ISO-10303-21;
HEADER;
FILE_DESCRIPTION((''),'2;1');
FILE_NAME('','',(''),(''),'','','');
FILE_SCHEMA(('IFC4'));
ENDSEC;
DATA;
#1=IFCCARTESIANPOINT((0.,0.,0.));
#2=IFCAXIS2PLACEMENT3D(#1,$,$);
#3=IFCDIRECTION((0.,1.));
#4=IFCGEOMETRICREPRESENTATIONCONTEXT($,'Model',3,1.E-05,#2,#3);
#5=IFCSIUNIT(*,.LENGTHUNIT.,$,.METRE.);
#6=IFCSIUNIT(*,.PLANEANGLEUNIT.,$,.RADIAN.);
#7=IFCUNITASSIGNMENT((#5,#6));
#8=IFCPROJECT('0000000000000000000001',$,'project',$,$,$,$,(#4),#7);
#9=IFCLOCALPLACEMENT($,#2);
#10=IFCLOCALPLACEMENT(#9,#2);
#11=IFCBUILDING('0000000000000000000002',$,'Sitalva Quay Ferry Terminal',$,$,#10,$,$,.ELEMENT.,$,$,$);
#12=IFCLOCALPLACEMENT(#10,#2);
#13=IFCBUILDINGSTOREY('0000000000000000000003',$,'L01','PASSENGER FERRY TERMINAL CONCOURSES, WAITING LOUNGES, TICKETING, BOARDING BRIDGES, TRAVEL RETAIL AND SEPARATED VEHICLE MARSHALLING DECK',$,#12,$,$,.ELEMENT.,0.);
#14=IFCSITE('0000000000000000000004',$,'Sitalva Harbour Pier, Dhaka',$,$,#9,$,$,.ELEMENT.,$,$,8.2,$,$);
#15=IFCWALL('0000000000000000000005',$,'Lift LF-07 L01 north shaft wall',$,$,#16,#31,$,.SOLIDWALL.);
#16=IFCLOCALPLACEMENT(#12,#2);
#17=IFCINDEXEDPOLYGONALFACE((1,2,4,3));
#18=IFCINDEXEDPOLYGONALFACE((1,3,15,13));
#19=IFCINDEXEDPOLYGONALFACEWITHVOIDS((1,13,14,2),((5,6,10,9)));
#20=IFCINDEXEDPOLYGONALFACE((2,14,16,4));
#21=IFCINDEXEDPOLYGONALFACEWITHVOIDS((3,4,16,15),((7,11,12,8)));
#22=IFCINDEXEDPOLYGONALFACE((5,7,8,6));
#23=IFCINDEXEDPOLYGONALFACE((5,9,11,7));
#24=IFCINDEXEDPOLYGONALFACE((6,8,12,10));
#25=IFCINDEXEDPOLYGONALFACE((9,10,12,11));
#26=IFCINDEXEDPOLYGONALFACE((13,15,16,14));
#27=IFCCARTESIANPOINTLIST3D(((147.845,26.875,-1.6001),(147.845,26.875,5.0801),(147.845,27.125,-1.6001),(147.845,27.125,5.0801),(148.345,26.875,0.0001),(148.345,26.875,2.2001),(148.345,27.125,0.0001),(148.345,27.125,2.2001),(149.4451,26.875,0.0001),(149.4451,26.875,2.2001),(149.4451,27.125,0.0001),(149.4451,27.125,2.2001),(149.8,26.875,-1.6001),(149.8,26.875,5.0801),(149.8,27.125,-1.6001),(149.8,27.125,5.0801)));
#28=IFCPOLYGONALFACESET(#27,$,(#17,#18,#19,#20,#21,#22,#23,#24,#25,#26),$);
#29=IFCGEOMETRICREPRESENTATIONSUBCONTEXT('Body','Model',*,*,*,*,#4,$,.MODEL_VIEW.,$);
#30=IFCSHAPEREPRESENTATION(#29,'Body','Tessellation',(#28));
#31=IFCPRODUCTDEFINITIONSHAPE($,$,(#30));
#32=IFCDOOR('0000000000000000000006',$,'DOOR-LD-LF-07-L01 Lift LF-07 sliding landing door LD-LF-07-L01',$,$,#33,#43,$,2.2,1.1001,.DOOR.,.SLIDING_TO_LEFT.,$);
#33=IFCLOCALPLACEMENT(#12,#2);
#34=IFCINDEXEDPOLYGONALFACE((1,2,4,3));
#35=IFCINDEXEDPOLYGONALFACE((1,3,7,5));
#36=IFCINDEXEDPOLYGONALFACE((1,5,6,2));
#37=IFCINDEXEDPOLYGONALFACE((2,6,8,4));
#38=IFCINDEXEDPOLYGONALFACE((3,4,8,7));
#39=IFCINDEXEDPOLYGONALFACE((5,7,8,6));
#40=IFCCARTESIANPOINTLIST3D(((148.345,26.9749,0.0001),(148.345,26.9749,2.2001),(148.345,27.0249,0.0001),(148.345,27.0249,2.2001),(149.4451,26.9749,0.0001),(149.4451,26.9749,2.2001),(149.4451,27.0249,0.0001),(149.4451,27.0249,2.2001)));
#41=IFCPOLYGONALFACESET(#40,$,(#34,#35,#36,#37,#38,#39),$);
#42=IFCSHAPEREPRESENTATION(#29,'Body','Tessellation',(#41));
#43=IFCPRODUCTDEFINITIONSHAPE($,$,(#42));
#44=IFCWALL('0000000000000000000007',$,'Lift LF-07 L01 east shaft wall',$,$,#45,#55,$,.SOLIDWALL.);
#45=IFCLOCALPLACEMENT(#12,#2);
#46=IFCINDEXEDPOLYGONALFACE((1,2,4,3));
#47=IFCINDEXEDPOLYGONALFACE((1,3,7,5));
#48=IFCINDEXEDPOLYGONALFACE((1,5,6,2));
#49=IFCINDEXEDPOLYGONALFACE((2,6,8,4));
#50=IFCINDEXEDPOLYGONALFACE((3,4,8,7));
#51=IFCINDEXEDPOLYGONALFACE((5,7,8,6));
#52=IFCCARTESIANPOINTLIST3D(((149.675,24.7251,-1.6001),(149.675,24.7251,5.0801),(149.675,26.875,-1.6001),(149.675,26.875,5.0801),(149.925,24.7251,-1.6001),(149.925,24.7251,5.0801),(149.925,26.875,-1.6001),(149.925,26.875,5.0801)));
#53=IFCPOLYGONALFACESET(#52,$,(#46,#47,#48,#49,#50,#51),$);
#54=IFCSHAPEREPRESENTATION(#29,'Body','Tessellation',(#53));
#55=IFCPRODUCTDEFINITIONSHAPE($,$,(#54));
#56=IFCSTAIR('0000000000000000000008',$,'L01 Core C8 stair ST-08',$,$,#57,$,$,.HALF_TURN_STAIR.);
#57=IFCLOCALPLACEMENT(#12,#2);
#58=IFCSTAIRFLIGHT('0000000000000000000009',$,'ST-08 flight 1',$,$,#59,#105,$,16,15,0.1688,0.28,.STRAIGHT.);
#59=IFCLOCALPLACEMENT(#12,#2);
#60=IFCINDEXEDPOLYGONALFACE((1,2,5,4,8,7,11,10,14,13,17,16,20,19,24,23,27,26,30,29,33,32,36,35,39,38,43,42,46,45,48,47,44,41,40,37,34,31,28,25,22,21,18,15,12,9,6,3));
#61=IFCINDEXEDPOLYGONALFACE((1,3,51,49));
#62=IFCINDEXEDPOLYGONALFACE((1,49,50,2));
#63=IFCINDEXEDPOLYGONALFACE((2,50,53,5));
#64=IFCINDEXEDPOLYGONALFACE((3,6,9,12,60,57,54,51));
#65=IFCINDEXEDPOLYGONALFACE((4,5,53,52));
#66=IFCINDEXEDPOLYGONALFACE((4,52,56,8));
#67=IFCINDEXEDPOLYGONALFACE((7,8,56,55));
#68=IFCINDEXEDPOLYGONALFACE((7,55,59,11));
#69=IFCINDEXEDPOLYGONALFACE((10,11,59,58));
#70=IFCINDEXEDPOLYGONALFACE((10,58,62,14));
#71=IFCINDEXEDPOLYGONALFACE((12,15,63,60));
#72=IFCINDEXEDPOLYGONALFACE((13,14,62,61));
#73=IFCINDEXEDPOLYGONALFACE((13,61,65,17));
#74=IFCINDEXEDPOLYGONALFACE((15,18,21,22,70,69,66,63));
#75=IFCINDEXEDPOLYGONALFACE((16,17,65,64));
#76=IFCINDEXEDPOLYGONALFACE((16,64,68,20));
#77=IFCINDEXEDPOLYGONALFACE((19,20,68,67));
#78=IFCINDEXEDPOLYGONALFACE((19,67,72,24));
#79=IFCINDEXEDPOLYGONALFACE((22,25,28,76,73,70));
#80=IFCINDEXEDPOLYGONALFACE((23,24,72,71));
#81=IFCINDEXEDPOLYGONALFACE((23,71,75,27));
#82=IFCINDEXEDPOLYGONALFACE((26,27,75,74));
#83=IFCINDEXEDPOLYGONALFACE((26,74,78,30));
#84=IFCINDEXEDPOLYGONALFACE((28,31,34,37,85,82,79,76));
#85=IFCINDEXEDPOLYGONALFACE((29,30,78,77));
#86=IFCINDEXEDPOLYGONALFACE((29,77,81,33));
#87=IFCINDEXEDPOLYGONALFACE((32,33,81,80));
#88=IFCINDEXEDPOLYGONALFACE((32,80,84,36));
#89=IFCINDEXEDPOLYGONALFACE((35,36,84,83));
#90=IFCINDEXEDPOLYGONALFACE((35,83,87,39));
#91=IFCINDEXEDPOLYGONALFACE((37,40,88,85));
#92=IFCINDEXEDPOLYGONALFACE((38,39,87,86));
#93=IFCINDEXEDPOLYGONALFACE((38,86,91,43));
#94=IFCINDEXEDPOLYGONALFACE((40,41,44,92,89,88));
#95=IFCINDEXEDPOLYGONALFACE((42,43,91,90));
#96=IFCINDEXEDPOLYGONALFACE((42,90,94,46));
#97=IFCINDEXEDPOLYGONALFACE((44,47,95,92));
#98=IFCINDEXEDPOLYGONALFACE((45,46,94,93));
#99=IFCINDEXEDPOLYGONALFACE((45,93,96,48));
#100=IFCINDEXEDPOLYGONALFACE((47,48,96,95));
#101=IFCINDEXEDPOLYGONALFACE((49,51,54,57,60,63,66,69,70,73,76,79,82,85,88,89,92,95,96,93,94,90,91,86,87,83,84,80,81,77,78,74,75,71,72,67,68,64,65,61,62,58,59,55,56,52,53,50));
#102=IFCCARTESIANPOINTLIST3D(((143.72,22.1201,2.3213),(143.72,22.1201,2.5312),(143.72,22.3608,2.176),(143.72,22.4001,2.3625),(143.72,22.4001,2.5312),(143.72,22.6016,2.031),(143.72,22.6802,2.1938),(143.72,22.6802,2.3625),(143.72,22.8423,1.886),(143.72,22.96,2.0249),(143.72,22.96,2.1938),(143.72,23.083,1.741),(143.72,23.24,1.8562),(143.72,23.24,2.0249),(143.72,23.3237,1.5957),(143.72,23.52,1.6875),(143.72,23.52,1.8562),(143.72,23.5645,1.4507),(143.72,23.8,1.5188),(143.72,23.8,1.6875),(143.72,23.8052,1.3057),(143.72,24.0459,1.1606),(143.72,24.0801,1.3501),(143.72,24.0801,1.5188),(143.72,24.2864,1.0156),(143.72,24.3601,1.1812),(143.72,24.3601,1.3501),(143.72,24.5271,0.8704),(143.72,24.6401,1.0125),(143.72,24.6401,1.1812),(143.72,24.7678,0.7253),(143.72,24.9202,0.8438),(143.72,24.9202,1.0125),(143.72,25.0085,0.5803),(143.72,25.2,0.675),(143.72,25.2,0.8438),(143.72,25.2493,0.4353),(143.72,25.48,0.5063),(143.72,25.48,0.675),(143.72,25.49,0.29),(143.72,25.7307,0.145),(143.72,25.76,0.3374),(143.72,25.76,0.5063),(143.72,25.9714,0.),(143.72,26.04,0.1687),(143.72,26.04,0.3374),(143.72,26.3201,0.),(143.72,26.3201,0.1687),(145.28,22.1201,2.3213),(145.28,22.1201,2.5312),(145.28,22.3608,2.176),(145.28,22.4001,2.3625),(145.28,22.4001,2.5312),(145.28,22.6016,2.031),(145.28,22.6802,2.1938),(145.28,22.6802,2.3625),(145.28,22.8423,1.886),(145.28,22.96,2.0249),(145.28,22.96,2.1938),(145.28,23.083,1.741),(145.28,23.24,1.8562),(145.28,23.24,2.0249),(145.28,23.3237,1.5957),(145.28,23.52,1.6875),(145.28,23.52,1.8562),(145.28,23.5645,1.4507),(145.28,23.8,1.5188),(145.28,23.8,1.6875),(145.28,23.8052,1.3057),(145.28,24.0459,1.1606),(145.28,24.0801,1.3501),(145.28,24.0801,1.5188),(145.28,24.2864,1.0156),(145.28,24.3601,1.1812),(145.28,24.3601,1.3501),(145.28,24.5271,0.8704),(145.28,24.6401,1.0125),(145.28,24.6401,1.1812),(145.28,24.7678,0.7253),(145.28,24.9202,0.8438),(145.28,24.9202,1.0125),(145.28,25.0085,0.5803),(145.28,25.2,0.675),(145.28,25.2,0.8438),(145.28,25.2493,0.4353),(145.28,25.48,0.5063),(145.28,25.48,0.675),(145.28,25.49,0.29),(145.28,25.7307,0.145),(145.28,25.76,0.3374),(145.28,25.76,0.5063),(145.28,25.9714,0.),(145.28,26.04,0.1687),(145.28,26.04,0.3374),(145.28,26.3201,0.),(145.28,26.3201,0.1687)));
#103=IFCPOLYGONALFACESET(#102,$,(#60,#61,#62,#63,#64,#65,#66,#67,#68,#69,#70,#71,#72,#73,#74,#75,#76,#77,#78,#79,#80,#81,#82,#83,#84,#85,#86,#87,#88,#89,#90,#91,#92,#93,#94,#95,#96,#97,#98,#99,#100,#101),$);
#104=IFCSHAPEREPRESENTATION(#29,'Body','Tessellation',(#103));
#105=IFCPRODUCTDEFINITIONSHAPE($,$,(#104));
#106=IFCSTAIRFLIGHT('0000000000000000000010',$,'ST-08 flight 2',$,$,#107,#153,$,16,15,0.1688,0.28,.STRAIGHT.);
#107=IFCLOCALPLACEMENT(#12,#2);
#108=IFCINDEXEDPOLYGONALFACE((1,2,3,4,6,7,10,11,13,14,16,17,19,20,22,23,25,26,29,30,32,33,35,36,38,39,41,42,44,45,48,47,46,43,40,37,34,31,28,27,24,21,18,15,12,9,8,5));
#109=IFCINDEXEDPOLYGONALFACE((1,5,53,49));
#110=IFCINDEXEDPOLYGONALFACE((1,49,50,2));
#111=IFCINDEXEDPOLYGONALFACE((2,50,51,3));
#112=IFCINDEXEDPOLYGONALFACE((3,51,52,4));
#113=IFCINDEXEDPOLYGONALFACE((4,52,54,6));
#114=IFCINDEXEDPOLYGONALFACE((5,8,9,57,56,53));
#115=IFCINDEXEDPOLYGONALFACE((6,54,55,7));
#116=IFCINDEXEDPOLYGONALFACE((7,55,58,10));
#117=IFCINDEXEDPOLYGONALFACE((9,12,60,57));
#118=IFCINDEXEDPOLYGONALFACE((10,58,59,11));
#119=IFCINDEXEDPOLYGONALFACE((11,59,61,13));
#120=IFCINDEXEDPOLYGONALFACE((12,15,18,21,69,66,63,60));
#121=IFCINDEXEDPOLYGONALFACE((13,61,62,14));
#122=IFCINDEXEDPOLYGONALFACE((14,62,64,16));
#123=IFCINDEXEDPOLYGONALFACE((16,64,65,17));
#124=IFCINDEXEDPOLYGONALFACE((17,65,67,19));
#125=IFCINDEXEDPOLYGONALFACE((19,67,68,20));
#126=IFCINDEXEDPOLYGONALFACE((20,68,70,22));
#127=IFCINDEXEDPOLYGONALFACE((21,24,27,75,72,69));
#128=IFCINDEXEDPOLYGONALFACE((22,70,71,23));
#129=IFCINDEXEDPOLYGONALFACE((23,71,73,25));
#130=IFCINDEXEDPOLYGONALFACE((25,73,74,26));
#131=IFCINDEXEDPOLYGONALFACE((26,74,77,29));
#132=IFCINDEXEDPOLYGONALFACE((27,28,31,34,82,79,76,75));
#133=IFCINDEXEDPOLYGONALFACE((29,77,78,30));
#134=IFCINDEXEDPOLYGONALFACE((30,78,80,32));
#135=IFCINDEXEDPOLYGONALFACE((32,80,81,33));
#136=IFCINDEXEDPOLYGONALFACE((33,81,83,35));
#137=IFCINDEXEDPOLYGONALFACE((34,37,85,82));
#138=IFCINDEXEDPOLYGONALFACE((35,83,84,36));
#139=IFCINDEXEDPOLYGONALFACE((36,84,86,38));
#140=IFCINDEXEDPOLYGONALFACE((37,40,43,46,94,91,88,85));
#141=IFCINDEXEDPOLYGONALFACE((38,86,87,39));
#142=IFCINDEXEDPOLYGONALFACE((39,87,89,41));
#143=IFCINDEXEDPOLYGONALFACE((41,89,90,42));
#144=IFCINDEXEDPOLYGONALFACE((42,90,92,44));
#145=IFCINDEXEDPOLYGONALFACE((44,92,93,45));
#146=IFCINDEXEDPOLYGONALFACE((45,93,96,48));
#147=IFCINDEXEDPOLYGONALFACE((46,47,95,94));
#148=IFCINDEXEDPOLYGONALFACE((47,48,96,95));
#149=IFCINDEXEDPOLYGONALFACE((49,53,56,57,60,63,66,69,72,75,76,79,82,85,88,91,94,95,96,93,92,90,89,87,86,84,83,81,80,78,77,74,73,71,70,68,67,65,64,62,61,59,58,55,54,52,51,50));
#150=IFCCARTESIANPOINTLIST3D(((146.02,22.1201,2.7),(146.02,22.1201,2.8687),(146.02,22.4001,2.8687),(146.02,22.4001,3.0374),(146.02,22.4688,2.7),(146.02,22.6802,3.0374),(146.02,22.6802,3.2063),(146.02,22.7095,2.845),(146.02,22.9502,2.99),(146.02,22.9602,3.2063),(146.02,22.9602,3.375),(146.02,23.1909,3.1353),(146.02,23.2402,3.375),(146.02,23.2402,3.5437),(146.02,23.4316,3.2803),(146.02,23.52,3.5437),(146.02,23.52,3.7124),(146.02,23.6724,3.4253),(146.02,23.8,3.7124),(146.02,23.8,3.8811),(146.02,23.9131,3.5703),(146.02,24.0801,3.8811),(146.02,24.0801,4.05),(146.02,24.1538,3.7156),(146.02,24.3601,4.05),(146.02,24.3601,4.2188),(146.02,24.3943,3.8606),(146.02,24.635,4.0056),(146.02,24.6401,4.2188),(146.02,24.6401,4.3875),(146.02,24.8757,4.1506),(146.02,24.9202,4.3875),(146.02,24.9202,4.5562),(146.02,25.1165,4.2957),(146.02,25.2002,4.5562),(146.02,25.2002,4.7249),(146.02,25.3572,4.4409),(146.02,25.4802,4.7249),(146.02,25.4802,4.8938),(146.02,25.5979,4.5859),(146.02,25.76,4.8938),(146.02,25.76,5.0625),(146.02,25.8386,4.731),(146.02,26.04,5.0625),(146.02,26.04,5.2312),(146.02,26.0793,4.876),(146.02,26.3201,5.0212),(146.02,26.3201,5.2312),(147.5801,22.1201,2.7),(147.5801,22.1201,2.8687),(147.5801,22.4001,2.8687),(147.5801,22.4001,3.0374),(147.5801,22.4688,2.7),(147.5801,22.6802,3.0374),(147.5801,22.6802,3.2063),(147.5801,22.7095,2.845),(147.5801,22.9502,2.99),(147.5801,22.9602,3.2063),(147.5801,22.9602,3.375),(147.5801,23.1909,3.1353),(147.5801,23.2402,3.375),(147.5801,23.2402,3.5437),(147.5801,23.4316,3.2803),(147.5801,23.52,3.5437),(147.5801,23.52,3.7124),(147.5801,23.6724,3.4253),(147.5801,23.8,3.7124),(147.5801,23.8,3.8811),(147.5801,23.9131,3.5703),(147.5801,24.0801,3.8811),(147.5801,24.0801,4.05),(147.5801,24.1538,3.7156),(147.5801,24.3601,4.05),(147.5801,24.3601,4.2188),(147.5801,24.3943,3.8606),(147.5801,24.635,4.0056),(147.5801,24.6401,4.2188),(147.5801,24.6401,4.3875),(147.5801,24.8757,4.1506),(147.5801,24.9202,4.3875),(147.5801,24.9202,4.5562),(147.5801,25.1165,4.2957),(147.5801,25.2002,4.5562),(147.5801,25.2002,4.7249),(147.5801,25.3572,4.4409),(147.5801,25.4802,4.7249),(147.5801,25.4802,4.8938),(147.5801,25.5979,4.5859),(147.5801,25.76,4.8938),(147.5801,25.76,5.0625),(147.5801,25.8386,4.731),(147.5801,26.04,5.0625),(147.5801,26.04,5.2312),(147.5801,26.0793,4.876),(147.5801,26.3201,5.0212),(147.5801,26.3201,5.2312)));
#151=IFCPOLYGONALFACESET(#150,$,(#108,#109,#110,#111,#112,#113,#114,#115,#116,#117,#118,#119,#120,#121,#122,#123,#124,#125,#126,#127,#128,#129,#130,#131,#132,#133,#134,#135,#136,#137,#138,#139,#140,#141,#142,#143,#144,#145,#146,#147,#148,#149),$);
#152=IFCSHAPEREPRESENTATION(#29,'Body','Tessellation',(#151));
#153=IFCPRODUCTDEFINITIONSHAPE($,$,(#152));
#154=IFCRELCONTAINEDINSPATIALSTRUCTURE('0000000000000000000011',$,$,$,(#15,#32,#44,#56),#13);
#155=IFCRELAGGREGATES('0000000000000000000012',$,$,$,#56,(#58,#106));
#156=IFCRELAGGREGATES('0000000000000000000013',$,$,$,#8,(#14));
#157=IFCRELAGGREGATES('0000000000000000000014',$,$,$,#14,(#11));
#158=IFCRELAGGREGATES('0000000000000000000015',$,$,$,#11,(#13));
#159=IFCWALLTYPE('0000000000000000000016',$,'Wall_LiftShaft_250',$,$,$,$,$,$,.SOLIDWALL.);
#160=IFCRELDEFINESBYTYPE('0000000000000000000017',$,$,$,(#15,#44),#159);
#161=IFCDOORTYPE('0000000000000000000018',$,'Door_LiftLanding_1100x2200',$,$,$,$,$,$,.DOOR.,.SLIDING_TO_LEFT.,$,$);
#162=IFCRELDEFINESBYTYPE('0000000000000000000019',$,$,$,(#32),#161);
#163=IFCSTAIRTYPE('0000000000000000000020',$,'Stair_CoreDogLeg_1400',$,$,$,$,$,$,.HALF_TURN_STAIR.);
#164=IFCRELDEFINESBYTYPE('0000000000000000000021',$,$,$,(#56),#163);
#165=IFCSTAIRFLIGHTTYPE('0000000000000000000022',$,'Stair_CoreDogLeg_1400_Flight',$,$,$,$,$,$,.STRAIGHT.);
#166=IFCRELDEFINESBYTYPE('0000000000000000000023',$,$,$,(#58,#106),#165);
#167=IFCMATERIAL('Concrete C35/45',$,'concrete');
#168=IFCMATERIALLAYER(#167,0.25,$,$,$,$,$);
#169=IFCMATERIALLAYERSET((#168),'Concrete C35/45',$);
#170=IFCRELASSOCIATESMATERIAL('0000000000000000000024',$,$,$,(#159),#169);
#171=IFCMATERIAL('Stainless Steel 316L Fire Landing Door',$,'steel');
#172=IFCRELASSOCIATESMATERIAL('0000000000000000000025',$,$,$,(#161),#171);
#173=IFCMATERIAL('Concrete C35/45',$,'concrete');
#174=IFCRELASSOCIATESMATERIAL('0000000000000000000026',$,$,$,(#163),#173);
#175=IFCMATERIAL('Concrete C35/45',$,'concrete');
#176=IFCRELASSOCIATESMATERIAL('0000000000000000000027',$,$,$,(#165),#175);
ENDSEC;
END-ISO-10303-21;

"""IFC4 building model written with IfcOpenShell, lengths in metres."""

from ifc_helpers import new_model, si_unit, direction, frame, frame_2d, origin, place, context, subcontext, project, spatial, polyline, rectangle, outline, extrude, material, layer, layer_set, type_object, element, fill, aggregate, save


model = new_model("IFC4")

# Units and contexts
model_context = context("Model", 3, precision=1e-05, world=origin(), true_north=direction((0.0, 1.0)))
body_context = subcontext(model_context, "Body", "Model", "MODEL_VIEW")
ifc_project = project(units=[si_unit("LENGTHUNIT", "METRE"), si_unit("PLANEANGLEUNIT", "RADIAN")], contexts=[model_context])

# Site, building, storey
site_placement = place(None, origin())
site = spatial("IfcSite", under=ifc_project, at=site_placement, Name="Sitalva Harbour Pier, Dhaka", CompositionType="ELEMENT", RefElevation=8.2)
building_placement = place(site_placement, origin())
building = spatial("IfcBuilding", under=site, at=building_placement, Name="Sitalva Quay Ferry Terminal", CompositionType="ELEMENT")
storey_placement = place(building_placement, origin())
storey = spatial("IfcBuildingStorey", under=building, at=storey_placement, Name="L01", Description="PASSENGER FERRY TERMINAL CONCOURSES, WAITING LOUNGES, TICKETING, BOARDING BRIDGES, TRAVEL RETAIL AND SEPARATED VEHICLE MARSHALLING DECK", CompositionType="ELEMENT", Elevation=0.0)

# Shared definitions
ifc_material_1 = material(Name="Concrete C35/45", Category="concrete")
ifc_layer_1 = layer(ifc_material_1, 0.25)
ifc_layer_set_1 = layer_set([ifc_layer_1], Name="Concrete C35/45")
wall_type_1 = type_object("IfcWallType", Name="Wall_LiftShaft_250", PredefinedType="SOLIDWALL", material=ifc_layer_set_1)

# Wall, opening, door
wall_1_placement = place(storey_placement, frame((147.845, 27.0, -1.6001), z_axis=(0.0, 0.0, 1.0), x_axis=(1.0, 0.0, 0.0)))
wall_1 = element("IfcWall", 1, at=wall_1_placement, inside=storey, type_object=wall_type_1, Name="Lift LF-07 L01 north shaft wall", PredefinedType="SOLIDWALL", context=body_context, shape_type="SweptSolid", body=[
    extrude(rectangle(XDim=1.9551, YDim=0.25, at=frame_2d((0.9775, 0.0))), origin(), (0.0, 0.0, 1.0), 6.6802),
])
opening_1_placement = place(wall_1_placement, frame((0.5, 0.0, 1.6001)))
opening_1 = element("IfcOpeningElement", 2, at=opening_1_placement, cuts=wall_1, PredefinedType="OPENING", context=body_context, shape_type="SweptSolid", body=[
    extrude(rectangle(XDim=1.1001, YDim=2.2, at=frame_2d((0.55, 1.1001))), frame((0.0, 0.135, 0.0), z_axis=(0.0, -1.0, 0.0), x_axis=(1.0, 0.0, 0.0)), (0.0, 0.0, 1.0), 0.27),
])
ifc_material_2 = material(Name="Stainless Steel 316L Fire Landing Door", Category="steel")
door_type_1 = type_object("IfcDoorType", Name="Door_LiftLanding_1100x2200", OperationType="SLIDING_TO_LEFT", PredefinedType="DOOR", material=ifc_material_2)
door_1_placement = place(opening_1_placement, origin())
door_1 = element("IfcDoor", 3, at=door_1_placement, inside=storey, type_object=door_type_1, Name="DOOR-LD-LF-07-L01 Lift LF-07 sliding landing door LD-LF-07-L01", OperationType="SLIDING_TO_LEFT", OverallHeight=2.2, OverallWidth=1.1001, PredefinedType="DOOR", context=body_context, shape_type="SweptSolid", body=[
    extrude(rectangle(XDim=1.1001, YDim=2.2, at=frame_2d((0.55, 1.1001))), frame((0.0, 0.0249, 0.0), z_axis=(0.0, -1.0, 0.0), x_axis=(1.0, 0.0, 0.0)), (0.0, 0.0, 1.0), 0.05),
])
fill(opening_1, door_1)

# Wall
wall_2_placement = place(storey_placement, frame((149.8, 24.7251, -1.6001), z_axis=(0.0, 0.0, 1.0), x_axis=(0.0, 1.0, 0.0)))
element("IfcWall", 4, at=wall_2_placement, inside=storey, type_object=wall_type_1, Name="Lift LF-07 L01 east shaft wall", PredefinedType="SOLIDWALL", context=body_context, shape_type="SweptSolid", body=[
    extrude(rectangle(XDim=2.1499, YDim=0.25, at=frame_2d((1.075, 0.0))), origin(), (0.0, 0.0, 1.0), 6.6802),
])

# Stair, stair flights
ifc_material_3 = material(Name="Concrete C35/45", Category="concrete")
stair_type = type_object("IfcStairType", Name="Stair_CoreDogLeg_1400", PredefinedType="HALF_TURN_STAIR", material=ifc_material_3)
stair_placement = place(storey_placement, origin())
stair = element("IfcStair", 5, at=stair_placement, inside=storey, type_object=stair_type, Name="L01 Core C8 stair ST-08", PredefinedType="HALF_TURN_STAIR")
ifc_material_4 = material(Name="Concrete C35/45", Category="concrete")
stair_flight_type = type_object("IfcStairFlightType", Name="Stair_CoreDogLeg_1400_Flight", PredefinedType="STRAIGHT", material=ifc_material_4)
stair_flight_1_placement = place(storey_placement, frame((144.5, 26.3201, 0.0), z_axis=(0.0, 0.0, 1.0), x_axis=(0.0, -1.0, 0.0)))
stair_flight_1 = element("IfcStairFlight", 6, at=stair_flight_1_placement, type_object=stair_flight_type, Name="ST-08 flight 1", NumberOfRisers=16, NumberOfTreads=15, PredefinedType="STRAIGHT", RiserHeight=0.1688, TreadLength=0.28, context=body_context, shape_type="SweptSolid", body=[
    extrude(outline(polyline([(0.0, 0.0), (0.0, 0.1687), (0.28, 0.1687), (0.28, 0.3374), (0.5601, 0.3374), (0.5601, 0.5063), (0.8401, 0.5063), (0.8401, 0.675), (1.1201, 0.675), (1.1201, 0.8438), (1.3999, 0.8438), (1.3999, 1.0125), (1.6799, 1.0125), (1.6799, 1.1812), (1.96, 1.1812), (1.96, 1.3501), (2.24, 1.3501), (2.24, 1.5188), (2.52, 1.5188), (2.52, 1.6875), (2.8, 1.6875), (2.8, 1.8562), (3.0801, 1.8562), (3.0801, 2.0249), (3.3601, 2.0249), (3.3601, 2.1938), (3.6399, 2.1938), (3.6399, 2.3625), (3.9199, 2.3625), (3.9199, 2.5312), (4.2, 2.5312), (4.2, 2.7), (4.2, 2.3213), (3.9592, 2.176), (3.7185, 2.031), (3.4778, 1.886), (3.2371, 1.741), (2.9963, 1.5957), (2.7556, 1.4507), (2.5149, 1.3057), (2.2742, 1.1606), (2.0337, 1.0156), (1.793, 0.8704), (1.5522, 0.7253), (1.3115, 0.5803), (1.0708, 0.4353), (0.8301, 0.29), (0.5894, 0.145), (0.3486, 0.0), (0.0, 0.0)])), frame((0.0, 0.78, 0.0), z_axis=(0.0, -1.0, 0.0), x_axis=(1.0, 0.0, 0.0)), (0.0, 0.0, 1.0), 1.5601),
])
stair_flight_2_placement = place(storey_placement, frame((146.8, 22.1201, 2.7), z_axis=(0.0, 0.0, 1.0), x_axis=(0.0, 1.0, 0.0)))
stair_flight_2 = element("IfcStairFlight", 7, at=stair_flight_2_placement, type_object=stair_flight_type, Name="ST-08 flight 2", NumberOfRisers=16, NumberOfTreads=15, PredefinedType="STRAIGHT", RiserHeight=0.1688, TreadLength=0.28, context=body_context, shape_type="SweptSolid", body=[
    extrude(outline(polyline([(0.0, 0.0), (0.0, 0.1687), (0.28, 0.1687), (0.28, 0.3374), (0.5601, 0.3374), (0.5601, 0.5063), (0.8401, 0.5063), (0.8401, 0.675), (1.1201, 0.675), (1.1201, 0.8438), (1.3999, 0.8438), (1.3999, 1.0125), (1.6799, 1.0125), (1.6799, 1.1812), (1.96, 1.1812), (1.96, 1.3501), (2.24, 1.3501), (2.24, 1.5188), (2.52, 1.5188), (2.52, 1.6875), (2.8, 1.6875), (2.8, 1.8562), (3.0801, 1.8562), (3.0801, 2.0249), (3.3601, 2.0249), (3.3601, 2.1938), (3.6399, 2.1938), (3.6399, 2.3625), (3.9199, 2.3625), (3.9199, 2.5312), (4.2, 2.5312), (4.2, 2.7), (4.2, 2.3213), (3.9592, 2.176), (3.7185, 2.031), (3.4778, 1.886), (3.2371, 1.741), (2.9963, 1.5957), (2.7556, 1.4507), (2.5149, 1.3057), (2.2742, 1.1606), (2.0337, 1.0156), (1.793, 0.8704), (1.5522, 0.7253), (1.3115, 0.5803), (1.0708, 0.4353), (0.8301, 0.29), (0.5894, 0.145), (0.3486, 0.0), (0.0, 0.0)])), frame((0.0, 0.78, 0.0), z_axis=(0.0, -1.0, 0.0), x_axis=(1.0, 0.0, 0.0)), (0.0, 0.0, 1.0), 1.5601),
])
aggregate(stair, [stair_flight_1, stair_flight_2])

save(model, "model.ifc")
